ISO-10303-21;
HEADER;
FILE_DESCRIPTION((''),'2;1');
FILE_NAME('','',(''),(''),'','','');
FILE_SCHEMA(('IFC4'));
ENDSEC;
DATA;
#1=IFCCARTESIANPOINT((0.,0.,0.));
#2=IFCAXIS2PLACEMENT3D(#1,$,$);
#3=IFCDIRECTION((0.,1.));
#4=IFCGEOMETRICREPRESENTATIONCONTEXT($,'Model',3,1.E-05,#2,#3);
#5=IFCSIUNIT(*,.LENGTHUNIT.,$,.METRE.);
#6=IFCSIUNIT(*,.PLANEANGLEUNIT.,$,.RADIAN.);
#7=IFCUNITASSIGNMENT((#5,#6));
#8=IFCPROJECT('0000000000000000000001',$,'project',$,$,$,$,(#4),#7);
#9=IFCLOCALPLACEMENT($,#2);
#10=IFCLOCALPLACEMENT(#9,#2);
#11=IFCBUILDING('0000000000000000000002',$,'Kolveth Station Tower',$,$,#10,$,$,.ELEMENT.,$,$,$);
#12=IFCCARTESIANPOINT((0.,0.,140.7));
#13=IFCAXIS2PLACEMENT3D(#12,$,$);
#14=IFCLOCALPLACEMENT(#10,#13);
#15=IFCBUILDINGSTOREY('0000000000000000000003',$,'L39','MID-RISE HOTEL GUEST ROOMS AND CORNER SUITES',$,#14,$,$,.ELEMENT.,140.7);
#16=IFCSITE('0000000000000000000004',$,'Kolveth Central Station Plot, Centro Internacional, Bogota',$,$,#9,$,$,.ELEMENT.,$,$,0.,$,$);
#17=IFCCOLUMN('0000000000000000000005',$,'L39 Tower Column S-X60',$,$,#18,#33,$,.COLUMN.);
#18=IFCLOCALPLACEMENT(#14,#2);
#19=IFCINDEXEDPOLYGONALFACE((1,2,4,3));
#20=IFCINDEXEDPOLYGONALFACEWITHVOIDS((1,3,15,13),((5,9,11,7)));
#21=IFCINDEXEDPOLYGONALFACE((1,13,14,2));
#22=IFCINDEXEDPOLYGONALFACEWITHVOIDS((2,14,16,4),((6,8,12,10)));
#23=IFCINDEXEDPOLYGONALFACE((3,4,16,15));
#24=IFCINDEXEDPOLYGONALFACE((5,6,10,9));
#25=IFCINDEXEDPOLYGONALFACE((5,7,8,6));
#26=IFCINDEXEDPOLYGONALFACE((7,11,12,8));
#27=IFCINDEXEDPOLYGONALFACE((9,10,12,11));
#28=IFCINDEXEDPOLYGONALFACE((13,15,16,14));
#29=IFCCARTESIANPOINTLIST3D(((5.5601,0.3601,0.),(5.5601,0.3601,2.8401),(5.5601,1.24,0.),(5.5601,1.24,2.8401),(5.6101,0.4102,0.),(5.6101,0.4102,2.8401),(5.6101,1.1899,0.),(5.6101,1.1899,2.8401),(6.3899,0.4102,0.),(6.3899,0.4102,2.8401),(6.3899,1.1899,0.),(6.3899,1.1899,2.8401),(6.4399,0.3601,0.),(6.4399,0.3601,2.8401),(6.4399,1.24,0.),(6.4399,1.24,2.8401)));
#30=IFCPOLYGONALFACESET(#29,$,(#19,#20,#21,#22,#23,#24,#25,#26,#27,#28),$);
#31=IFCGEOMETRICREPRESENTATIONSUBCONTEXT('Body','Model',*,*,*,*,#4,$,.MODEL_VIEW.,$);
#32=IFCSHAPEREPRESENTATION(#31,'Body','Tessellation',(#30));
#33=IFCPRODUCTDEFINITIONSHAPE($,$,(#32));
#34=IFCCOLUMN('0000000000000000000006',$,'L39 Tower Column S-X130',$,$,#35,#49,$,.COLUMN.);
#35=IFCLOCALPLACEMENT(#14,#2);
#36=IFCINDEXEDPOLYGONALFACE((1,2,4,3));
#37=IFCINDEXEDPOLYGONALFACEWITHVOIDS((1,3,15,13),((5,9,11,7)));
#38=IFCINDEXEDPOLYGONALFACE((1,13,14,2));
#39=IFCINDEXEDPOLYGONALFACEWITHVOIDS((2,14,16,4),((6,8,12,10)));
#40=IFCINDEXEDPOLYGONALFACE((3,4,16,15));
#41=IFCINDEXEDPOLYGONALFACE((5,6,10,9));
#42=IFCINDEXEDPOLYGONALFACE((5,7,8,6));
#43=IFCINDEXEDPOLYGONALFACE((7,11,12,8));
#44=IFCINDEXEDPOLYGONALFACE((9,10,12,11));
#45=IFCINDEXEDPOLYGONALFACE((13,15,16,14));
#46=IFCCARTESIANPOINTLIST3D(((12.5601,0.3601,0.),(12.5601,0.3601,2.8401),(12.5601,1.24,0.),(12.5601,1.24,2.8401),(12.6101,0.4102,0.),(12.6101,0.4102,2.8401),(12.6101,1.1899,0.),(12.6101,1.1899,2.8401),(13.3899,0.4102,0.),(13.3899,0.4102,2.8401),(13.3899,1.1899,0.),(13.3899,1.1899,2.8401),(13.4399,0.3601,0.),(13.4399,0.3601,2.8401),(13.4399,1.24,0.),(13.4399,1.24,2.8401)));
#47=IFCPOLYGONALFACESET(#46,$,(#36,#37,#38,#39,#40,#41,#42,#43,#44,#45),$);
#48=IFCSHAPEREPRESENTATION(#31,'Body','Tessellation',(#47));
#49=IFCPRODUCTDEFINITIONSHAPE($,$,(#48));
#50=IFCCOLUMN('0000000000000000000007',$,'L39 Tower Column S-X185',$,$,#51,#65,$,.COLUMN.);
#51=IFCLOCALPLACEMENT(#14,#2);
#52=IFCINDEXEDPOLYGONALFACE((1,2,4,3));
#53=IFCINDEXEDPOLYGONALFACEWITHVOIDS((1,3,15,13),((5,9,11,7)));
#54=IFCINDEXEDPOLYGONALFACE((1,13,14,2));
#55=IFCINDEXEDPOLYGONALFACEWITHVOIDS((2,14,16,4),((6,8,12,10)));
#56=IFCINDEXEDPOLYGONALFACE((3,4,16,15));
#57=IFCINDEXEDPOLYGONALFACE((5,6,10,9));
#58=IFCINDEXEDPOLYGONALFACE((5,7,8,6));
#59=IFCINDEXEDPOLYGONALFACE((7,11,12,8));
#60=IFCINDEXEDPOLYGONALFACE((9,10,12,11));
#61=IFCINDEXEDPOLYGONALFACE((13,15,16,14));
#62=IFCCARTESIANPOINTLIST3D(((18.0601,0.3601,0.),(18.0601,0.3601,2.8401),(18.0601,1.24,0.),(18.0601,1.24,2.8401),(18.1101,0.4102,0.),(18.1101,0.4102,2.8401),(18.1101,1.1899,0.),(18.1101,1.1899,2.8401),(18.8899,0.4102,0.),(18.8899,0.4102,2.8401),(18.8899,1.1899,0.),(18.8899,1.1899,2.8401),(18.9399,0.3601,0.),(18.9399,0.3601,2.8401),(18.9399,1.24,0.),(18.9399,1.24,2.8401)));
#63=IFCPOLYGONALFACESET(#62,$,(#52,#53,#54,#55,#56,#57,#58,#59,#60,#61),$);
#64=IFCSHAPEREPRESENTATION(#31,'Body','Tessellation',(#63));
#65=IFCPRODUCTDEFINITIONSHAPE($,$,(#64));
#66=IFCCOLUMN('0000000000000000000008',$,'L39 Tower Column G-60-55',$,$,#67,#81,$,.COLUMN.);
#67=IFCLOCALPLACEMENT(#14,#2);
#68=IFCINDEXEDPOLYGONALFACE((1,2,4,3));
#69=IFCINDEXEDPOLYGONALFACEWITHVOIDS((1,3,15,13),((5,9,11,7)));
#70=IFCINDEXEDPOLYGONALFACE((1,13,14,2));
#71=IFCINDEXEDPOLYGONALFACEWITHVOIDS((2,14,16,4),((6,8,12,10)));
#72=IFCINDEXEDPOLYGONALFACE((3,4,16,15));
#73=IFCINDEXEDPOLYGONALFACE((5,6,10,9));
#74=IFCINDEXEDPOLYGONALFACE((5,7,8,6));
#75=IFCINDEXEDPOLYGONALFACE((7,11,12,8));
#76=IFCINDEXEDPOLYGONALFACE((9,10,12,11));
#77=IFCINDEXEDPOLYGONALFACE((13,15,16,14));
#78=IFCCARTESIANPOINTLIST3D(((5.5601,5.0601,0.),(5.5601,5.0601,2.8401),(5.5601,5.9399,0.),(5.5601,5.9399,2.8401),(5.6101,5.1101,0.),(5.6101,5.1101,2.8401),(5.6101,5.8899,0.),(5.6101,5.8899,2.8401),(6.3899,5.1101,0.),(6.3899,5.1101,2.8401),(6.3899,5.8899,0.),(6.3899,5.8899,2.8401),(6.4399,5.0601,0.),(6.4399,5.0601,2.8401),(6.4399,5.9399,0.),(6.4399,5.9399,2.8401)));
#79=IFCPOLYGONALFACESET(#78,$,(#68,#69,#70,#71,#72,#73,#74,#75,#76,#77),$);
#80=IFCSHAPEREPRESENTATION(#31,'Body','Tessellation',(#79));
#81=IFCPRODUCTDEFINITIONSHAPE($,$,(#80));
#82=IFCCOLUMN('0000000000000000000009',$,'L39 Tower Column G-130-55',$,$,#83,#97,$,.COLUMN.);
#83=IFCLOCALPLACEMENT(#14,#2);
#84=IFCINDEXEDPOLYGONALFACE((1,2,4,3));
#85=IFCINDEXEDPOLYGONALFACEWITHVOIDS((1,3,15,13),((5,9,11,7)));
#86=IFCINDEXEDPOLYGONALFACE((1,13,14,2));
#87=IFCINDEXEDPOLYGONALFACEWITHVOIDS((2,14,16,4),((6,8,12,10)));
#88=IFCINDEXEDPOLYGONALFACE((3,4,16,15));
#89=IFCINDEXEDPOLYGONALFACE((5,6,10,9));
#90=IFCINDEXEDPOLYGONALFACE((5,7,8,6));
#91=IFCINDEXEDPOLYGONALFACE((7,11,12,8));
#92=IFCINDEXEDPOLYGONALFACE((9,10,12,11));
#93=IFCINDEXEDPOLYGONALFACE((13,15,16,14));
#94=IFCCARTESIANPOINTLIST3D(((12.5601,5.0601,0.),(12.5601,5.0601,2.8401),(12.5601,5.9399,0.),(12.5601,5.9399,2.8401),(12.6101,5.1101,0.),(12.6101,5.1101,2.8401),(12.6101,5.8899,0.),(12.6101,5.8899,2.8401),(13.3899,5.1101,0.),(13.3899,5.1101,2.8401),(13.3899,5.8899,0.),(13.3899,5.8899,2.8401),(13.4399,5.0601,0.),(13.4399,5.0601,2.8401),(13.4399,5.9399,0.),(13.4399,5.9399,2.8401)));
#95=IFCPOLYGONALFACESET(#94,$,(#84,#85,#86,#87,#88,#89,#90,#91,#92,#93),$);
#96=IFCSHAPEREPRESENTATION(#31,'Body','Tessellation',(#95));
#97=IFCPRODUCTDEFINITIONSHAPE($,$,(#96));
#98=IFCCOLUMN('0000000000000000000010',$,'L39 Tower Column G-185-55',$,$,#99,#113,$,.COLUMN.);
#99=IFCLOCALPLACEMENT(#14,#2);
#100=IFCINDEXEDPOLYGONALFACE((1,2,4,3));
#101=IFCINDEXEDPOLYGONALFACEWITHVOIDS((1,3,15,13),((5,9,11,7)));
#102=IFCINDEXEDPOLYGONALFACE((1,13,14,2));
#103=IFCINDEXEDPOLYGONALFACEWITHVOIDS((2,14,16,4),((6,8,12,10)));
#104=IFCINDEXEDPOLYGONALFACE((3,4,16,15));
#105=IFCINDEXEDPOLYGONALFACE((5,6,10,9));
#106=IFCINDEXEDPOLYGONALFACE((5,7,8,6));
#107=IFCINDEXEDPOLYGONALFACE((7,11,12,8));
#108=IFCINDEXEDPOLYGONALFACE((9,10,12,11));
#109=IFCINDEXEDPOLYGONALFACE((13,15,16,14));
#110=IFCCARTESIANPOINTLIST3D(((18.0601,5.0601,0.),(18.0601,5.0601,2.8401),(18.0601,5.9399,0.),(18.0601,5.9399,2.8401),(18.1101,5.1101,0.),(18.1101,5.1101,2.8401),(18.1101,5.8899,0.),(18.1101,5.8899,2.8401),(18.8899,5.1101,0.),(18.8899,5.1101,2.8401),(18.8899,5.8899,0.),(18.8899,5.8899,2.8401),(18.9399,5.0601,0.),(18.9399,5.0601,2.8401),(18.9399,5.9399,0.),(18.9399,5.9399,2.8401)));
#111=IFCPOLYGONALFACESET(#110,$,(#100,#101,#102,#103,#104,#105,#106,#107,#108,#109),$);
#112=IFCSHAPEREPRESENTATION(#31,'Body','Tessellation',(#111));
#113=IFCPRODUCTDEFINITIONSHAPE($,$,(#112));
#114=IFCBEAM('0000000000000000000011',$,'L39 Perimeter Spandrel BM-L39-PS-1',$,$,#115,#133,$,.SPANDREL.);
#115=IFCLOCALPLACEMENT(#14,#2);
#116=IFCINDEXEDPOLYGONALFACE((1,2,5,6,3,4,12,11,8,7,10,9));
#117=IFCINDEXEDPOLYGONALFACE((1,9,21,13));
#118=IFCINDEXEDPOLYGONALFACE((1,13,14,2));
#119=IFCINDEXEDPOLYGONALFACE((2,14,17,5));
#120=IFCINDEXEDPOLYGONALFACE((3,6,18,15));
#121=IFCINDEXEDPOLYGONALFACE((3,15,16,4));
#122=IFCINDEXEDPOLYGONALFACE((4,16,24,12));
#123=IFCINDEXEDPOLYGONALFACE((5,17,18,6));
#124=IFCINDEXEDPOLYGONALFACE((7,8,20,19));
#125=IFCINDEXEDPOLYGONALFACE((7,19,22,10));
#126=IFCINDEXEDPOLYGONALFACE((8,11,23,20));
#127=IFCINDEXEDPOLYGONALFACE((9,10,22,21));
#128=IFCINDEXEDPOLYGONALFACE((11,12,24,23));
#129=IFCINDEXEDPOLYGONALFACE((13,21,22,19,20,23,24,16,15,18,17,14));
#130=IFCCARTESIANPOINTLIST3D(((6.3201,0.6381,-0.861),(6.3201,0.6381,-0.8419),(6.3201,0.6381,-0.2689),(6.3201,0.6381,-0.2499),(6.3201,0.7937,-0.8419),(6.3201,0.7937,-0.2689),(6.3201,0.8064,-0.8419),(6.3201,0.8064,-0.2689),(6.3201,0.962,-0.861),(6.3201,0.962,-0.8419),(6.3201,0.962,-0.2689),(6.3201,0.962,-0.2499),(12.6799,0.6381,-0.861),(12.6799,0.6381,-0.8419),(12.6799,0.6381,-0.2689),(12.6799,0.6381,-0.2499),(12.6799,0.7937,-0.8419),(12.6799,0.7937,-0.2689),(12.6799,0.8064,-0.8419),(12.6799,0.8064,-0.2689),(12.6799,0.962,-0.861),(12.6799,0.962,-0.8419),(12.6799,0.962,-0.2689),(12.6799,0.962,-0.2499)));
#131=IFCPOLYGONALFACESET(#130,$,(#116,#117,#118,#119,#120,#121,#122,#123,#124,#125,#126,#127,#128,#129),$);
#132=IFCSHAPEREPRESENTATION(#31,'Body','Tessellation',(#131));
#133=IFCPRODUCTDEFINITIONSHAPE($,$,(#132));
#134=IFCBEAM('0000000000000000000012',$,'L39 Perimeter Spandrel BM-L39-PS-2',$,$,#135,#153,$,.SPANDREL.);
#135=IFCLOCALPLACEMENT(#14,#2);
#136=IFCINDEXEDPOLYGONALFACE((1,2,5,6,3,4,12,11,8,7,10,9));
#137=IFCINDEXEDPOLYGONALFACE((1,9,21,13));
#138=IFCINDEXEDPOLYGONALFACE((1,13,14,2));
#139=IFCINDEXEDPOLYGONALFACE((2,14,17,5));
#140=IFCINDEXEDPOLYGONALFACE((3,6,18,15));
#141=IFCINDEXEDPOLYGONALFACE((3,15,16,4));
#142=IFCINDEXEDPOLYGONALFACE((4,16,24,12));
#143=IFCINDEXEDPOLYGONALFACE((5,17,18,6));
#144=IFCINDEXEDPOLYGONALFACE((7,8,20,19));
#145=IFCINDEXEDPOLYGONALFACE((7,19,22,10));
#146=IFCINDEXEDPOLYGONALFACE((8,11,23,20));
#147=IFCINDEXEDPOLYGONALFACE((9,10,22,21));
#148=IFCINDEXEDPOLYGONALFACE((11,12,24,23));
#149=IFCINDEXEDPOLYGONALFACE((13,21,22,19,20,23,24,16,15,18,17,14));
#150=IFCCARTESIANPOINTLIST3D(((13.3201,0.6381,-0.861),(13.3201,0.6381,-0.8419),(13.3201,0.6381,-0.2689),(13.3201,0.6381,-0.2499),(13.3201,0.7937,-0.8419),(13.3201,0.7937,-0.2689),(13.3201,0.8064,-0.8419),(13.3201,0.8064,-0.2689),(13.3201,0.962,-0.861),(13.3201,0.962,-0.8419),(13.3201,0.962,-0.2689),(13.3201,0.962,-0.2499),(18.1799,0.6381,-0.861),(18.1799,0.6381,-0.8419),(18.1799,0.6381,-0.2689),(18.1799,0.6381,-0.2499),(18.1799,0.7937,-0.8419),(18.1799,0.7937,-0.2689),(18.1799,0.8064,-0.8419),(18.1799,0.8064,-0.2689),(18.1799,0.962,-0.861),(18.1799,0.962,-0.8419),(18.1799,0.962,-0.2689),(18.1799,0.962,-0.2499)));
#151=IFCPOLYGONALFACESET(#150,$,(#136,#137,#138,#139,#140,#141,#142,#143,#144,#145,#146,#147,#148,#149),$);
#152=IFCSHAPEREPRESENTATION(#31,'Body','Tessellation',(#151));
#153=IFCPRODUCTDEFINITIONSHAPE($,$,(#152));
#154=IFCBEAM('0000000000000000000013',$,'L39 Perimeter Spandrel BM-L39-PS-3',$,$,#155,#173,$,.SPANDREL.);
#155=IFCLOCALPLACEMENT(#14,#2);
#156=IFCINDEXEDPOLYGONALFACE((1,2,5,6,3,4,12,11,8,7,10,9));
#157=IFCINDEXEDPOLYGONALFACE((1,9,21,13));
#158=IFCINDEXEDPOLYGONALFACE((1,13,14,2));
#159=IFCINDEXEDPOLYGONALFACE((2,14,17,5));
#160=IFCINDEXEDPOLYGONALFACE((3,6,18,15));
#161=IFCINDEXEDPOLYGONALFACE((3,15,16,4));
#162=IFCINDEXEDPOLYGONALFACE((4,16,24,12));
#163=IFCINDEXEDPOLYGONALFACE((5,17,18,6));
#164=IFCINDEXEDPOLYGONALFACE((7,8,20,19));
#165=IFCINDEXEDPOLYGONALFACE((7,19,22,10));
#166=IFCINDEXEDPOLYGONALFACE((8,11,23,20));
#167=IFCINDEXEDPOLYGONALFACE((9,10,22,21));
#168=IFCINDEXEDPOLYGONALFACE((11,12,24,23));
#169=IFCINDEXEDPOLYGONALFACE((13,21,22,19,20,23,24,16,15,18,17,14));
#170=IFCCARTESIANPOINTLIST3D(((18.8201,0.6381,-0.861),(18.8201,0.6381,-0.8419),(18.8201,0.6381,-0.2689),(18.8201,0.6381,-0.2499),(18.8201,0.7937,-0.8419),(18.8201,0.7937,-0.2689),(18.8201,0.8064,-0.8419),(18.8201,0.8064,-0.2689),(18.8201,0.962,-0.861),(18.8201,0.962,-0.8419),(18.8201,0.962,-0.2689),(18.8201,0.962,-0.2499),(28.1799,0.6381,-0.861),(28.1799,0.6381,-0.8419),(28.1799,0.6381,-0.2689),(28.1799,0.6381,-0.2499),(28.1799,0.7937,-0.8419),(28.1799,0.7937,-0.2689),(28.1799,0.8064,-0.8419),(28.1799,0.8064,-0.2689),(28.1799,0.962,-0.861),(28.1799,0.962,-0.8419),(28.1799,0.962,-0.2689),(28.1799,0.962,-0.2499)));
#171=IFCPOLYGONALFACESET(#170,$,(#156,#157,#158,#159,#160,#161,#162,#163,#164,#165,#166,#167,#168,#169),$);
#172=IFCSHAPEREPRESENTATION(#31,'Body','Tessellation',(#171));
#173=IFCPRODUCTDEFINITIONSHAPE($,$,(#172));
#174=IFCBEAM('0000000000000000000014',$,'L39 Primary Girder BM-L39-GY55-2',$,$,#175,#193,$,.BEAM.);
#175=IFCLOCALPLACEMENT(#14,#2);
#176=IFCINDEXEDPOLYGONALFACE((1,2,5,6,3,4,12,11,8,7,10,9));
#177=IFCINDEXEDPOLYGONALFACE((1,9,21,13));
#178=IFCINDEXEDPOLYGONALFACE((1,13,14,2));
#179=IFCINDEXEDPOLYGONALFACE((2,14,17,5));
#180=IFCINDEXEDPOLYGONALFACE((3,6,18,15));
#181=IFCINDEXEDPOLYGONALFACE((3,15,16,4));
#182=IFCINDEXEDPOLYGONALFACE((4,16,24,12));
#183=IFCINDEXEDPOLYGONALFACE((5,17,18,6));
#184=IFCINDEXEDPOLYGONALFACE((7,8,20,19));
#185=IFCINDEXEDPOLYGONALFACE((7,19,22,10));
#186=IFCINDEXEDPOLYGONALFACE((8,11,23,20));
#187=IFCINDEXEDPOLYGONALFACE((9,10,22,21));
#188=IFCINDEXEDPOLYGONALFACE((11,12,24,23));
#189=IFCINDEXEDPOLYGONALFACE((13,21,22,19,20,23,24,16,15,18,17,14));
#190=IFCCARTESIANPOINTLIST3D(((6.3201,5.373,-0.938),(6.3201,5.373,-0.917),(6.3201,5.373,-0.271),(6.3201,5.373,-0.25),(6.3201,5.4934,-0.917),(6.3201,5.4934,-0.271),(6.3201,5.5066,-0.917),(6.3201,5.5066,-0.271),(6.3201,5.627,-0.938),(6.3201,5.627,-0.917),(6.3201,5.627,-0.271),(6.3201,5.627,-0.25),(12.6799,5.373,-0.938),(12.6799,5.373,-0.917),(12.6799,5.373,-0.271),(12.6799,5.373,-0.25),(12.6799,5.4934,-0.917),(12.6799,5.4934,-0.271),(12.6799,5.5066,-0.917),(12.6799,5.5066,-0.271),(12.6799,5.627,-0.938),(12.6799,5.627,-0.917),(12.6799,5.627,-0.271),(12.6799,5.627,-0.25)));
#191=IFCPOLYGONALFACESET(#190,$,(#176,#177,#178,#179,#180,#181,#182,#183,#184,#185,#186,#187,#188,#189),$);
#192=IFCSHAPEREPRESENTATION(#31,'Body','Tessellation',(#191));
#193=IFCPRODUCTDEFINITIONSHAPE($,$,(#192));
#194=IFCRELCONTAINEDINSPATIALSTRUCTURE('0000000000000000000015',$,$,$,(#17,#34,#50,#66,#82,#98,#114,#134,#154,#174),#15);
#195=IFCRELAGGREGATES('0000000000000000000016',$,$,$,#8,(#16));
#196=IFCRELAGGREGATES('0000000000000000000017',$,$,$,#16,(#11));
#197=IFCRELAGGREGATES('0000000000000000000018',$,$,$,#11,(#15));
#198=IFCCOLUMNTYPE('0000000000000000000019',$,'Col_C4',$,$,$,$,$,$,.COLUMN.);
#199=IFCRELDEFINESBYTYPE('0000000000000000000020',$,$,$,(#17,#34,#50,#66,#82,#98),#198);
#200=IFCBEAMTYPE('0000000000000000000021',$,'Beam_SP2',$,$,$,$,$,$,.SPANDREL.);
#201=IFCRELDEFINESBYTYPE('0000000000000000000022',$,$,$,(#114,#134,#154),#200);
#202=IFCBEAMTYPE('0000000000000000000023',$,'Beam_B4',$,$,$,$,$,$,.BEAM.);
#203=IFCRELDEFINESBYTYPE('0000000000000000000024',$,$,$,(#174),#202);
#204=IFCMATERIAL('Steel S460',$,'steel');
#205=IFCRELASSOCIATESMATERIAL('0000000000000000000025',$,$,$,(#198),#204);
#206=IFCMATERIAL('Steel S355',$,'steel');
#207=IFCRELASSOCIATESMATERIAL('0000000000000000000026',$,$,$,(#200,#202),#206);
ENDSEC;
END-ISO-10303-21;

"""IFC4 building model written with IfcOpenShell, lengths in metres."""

from ifc_helpers import new_model, si_unit, direction, frame, origin, origin_2d, place, context, subcontext, project, spatial, hollow_rectangle, i_section, extrude, source, transform, mapped, material, material_profile, profile_set, type_object, element, save


model = new_model("IFC4")

# Units and contexts
model_context = context("Model", 3, precision=1e-05, world=origin(), true_north=direction((0.0, 1.0)))
body_context = subcontext(model_context, "Body", "Model", "MODEL_VIEW")
ifc_project = project(units=[si_unit("LENGTHUNIT", "METRE"), si_unit("PLANEANGLEUNIT", "RADIAN")], contexts=[model_context])

# Site, building, storey
site_placement = place(None, origin())
site = spatial("IfcSite", under=ifc_project, at=site_placement, Name="Kolveth Central Station Plot, Centro Internacional, Bogota", CompositionType="ELEMENT", RefElevation=0.0)
building_placement = place(site_placement, origin())
building = spatial("IfcBuilding", under=site, at=building_placement, Name="Kolveth Station Tower", CompositionType="ELEMENT")
storey_placement = place(building_placement, frame((0.0, 0.0, 140.7)))
storey = spatial("IfcBuildingStorey", under=building, at=storey_placement, Name="L39", Description="MID-RISE HOTEL GUEST ROOMS AND CORNER SUITES", CompositionType="ELEMENT", Elevation=140.7)

# Columns
ifc_material_1 = material(Name="Steel S460", Category="steel")
ifc_material_profile_1 = material_profile(ifc_material_1, hollow_rectangle(XDim=0.8799, YDim=0.8799, WallThickness=0.05, at=origin_2d()), Name="BOX880x880x50")
ifc_profile_set_1 = profile_set([ifc_material_profile_1], Name="Steel S460")
column_type = type_object("IfcColumnType", Name="Col_C4", PredefinedType="COLUMN", material=ifc_profile_set_1)
shared_shape_1 = source(origin(), body_context, "Body", "SweptSolid", [
    extrude(hollow_rectangle(XDim=0.8799, YDim=0.8799, WallThickness=0.05, at=origin_2d()), origin(), (0.0, 0.0, 1.0), 2.8401),
])
for number, where, z_axis, x_axis, name in (
    (1, (6.0, 0.8, 0.0), (0.0, 0.0, 1.0), (1.0, 0.0, 0.0), "L39 Tower Column S-X60"),
    (2, (13.0, 0.8, 0.0), (0.0, 0.0, 1.0), (1.0, 0.0, 0.0), "L39 Tower Column S-X130"),
    (3, (18.5, 0.8, 0.0), (0.0, 0.0, 1.0), (1.0, 0.0, 0.0), "L39 Tower Column S-X185"),
    (4, (6.0, 5.5, 0.0), (0.0, 0.0, 1.0), (1.0, 0.0, 0.0), "L39 Tower Column G-60-55"),
    (5, (13.0, 5.5, 0.0), (0.0, 0.0, 1.0), (1.0, 0.0, 0.0), "L39 Tower Column G-130-55"),
    (6, (18.5, 5.5, 0.0), (0.0, 0.0, 1.0), (1.0, 0.0, 0.0), "L39 Tower Column G-185-55"),
):
    element("IfcColumn", number, at=place(storey_placement, frame(where, z_axis=z_axis, x_axis=x_axis)), inside=storey, type_object=column_type, Name=name, PredefinedType="COLUMN", context=body_context, shape_type="MappedRepresentation", body=[
        mapped(shared_shape_1, transform((0.0, 0.0, 0.0), x_axis=(1.0, 0.0, 0.0), y_axis=(0.0, 1.0, 0.0), z_axis=(0.0, 0.0, 1.0), scale=1.0)),
    ])

# Beams
ifc_material_2 = material(Name="Steel S355", Category="steel")
ifc_material_profile_2 = material_profile(ifc_material_2, i_section(OverallWidth=0.324, OverallDepth=0.6111, WebThickness=0.0127, FlangeThickness=0.019, at=origin_2d()), Name="W610x155")
ifc_profile_set_2 = profile_set([ifc_material_profile_2], Name="Steel S355")
beam_type_1 = type_object("IfcBeamType", Name="Beam_SP2", PredefinedType="SPANDREL", material=ifc_profile_set_2)
shared_shape_2 = source(origin(), body_context, "Body", "SweptSolid", [
    extrude(i_section(OverallWidth=0.324, OverallDepth=0.6111, WebThickness=0.0127, FlangeThickness=0.019, at=origin_2d()), origin(), (0.0, 0.0, 1.0), 6.3599),
])
beam_1_placement = place(storey_placement, frame((6.3201, 0.8, -0.5554), z_axis=(1.0, 0.0, 0.0), x_axis=(0.0, 1.0, 0.0)))
element("IfcBeam", 7, at=beam_1_placement, inside=storey, type_object=beam_type_1, Name="L39 Perimeter Spandrel BM-L39-PS-1", PredefinedType="SPANDREL", context=body_context, shape_type="MappedRepresentation", body=[
    mapped(shared_shape_2, transform((0.0, 0.0, 0.0), x_axis=(1.0, 0.0, 0.0), y_axis=(0.0, 1.0, 0.0), z_axis=(0.0, 0.0, 1.0), scale=1.0)),
])
shared_shape_3 = source(origin(), body_context, "Body", "SweptSolid", [
    extrude(i_section(OverallWidth=0.324, OverallDepth=0.6111, WebThickness=0.0127, FlangeThickness=0.019, at=origin_2d()), origin(), (0.0, 0.0, 1.0), 4.8599),
])
beam_2_placement = place(storey_placement, frame((13.3201, 0.8, -0.5554), z_axis=(1.0, 0.0, 0.0), x_axis=(0.0, 1.0, 0.0)))
element("IfcBeam", 8, at=beam_2_placement, inside=storey, type_object=beam_type_1, Name="L39 Perimeter Spandrel BM-L39-PS-2", PredefinedType="SPANDREL", context=body_context, shape_type="MappedRepresentation", body=[
    mapped(shared_shape_3, transform((0.0, 0.0, 0.0), x_axis=(1.0, 0.0, 0.0), y_axis=(0.0, 1.0, 0.0), z_axis=(0.0, 0.0, 1.0), scale=1.0)),
])
shared_shape_4 = source(origin(), body_context, "Body", "SweptSolid", [
    extrude(i_section(OverallWidth=0.324, OverallDepth=0.6111, WebThickness=0.0127, FlangeThickness=0.019, at=origin_2d()), origin(), (0.0, 0.0, 1.0), 9.3599),
])
beam_3_placement = place(storey_placement, frame((18.8201, 0.8, -0.5554), z_axis=(1.0, 0.0, 0.0), x_axis=(0.0, 1.0, 0.0)))
element("IfcBeam", 9, at=beam_3_placement, inside=storey, type_object=beam_type_1, Name="L39 Perimeter Spandrel BM-L39-PS-3", PredefinedType="SPANDREL", context=body_context, shape_type="MappedRepresentation", body=[
    mapped(shared_shape_4, transform((0.0, 0.0, 0.0), x_axis=(1.0, 0.0, 0.0), y_axis=(0.0, 1.0, 0.0), z_axis=(0.0, 0.0, 1.0), scale=1.0)),
])
ifc_material_profile_3 = material_profile(ifc_material_2, i_section(OverallWidth=0.2539, OverallDepth=0.688, WebThickness=0.0132, FlangeThickness=0.021, at=origin_2d()), Name="W690x152")
ifc_profile_set_3 = profile_set([ifc_material_profile_3], Name="Steel S355")
beam_type_2 = type_object("IfcBeamType", Name="Beam_B4", PredefinedType="BEAM", material=ifc_profile_set_3)
shared_shape_5 = source(origin(), body_context, "Body", "SweptSolid", [
    extrude(i_section(OverallWidth=0.2539, OverallDepth=0.688, WebThickness=0.0132, FlangeThickness=0.021, at=origin_2d()), origin(), (0.0, 0.0, 1.0), 6.3599),
])
beam_4_placement = place(storey_placement, frame((6.3201, 5.5, -0.594), z_axis=(1.0, 0.0, 0.0), x_axis=(0.0, 1.0, 0.0)))
element("IfcBeam", 10, at=beam_4_placement, inside=storey, type_object=beam_type_2, Name="L39 Primary Girder BM-L39-GY55-2", PredefinedType="BEAM", context=body_context, shape_type="MappedRepresentation", body=[
    mapped(shared_shape_5, transform((0.0, 0.0, 0.0), x_axis=(1.0, 0.0, 0.0), y_axis=(0.0, 1.0, 0.0), z_axis=(0.0, 0.0, 1.0), scale=1.0)),
])

save(model, "model.ifc")
